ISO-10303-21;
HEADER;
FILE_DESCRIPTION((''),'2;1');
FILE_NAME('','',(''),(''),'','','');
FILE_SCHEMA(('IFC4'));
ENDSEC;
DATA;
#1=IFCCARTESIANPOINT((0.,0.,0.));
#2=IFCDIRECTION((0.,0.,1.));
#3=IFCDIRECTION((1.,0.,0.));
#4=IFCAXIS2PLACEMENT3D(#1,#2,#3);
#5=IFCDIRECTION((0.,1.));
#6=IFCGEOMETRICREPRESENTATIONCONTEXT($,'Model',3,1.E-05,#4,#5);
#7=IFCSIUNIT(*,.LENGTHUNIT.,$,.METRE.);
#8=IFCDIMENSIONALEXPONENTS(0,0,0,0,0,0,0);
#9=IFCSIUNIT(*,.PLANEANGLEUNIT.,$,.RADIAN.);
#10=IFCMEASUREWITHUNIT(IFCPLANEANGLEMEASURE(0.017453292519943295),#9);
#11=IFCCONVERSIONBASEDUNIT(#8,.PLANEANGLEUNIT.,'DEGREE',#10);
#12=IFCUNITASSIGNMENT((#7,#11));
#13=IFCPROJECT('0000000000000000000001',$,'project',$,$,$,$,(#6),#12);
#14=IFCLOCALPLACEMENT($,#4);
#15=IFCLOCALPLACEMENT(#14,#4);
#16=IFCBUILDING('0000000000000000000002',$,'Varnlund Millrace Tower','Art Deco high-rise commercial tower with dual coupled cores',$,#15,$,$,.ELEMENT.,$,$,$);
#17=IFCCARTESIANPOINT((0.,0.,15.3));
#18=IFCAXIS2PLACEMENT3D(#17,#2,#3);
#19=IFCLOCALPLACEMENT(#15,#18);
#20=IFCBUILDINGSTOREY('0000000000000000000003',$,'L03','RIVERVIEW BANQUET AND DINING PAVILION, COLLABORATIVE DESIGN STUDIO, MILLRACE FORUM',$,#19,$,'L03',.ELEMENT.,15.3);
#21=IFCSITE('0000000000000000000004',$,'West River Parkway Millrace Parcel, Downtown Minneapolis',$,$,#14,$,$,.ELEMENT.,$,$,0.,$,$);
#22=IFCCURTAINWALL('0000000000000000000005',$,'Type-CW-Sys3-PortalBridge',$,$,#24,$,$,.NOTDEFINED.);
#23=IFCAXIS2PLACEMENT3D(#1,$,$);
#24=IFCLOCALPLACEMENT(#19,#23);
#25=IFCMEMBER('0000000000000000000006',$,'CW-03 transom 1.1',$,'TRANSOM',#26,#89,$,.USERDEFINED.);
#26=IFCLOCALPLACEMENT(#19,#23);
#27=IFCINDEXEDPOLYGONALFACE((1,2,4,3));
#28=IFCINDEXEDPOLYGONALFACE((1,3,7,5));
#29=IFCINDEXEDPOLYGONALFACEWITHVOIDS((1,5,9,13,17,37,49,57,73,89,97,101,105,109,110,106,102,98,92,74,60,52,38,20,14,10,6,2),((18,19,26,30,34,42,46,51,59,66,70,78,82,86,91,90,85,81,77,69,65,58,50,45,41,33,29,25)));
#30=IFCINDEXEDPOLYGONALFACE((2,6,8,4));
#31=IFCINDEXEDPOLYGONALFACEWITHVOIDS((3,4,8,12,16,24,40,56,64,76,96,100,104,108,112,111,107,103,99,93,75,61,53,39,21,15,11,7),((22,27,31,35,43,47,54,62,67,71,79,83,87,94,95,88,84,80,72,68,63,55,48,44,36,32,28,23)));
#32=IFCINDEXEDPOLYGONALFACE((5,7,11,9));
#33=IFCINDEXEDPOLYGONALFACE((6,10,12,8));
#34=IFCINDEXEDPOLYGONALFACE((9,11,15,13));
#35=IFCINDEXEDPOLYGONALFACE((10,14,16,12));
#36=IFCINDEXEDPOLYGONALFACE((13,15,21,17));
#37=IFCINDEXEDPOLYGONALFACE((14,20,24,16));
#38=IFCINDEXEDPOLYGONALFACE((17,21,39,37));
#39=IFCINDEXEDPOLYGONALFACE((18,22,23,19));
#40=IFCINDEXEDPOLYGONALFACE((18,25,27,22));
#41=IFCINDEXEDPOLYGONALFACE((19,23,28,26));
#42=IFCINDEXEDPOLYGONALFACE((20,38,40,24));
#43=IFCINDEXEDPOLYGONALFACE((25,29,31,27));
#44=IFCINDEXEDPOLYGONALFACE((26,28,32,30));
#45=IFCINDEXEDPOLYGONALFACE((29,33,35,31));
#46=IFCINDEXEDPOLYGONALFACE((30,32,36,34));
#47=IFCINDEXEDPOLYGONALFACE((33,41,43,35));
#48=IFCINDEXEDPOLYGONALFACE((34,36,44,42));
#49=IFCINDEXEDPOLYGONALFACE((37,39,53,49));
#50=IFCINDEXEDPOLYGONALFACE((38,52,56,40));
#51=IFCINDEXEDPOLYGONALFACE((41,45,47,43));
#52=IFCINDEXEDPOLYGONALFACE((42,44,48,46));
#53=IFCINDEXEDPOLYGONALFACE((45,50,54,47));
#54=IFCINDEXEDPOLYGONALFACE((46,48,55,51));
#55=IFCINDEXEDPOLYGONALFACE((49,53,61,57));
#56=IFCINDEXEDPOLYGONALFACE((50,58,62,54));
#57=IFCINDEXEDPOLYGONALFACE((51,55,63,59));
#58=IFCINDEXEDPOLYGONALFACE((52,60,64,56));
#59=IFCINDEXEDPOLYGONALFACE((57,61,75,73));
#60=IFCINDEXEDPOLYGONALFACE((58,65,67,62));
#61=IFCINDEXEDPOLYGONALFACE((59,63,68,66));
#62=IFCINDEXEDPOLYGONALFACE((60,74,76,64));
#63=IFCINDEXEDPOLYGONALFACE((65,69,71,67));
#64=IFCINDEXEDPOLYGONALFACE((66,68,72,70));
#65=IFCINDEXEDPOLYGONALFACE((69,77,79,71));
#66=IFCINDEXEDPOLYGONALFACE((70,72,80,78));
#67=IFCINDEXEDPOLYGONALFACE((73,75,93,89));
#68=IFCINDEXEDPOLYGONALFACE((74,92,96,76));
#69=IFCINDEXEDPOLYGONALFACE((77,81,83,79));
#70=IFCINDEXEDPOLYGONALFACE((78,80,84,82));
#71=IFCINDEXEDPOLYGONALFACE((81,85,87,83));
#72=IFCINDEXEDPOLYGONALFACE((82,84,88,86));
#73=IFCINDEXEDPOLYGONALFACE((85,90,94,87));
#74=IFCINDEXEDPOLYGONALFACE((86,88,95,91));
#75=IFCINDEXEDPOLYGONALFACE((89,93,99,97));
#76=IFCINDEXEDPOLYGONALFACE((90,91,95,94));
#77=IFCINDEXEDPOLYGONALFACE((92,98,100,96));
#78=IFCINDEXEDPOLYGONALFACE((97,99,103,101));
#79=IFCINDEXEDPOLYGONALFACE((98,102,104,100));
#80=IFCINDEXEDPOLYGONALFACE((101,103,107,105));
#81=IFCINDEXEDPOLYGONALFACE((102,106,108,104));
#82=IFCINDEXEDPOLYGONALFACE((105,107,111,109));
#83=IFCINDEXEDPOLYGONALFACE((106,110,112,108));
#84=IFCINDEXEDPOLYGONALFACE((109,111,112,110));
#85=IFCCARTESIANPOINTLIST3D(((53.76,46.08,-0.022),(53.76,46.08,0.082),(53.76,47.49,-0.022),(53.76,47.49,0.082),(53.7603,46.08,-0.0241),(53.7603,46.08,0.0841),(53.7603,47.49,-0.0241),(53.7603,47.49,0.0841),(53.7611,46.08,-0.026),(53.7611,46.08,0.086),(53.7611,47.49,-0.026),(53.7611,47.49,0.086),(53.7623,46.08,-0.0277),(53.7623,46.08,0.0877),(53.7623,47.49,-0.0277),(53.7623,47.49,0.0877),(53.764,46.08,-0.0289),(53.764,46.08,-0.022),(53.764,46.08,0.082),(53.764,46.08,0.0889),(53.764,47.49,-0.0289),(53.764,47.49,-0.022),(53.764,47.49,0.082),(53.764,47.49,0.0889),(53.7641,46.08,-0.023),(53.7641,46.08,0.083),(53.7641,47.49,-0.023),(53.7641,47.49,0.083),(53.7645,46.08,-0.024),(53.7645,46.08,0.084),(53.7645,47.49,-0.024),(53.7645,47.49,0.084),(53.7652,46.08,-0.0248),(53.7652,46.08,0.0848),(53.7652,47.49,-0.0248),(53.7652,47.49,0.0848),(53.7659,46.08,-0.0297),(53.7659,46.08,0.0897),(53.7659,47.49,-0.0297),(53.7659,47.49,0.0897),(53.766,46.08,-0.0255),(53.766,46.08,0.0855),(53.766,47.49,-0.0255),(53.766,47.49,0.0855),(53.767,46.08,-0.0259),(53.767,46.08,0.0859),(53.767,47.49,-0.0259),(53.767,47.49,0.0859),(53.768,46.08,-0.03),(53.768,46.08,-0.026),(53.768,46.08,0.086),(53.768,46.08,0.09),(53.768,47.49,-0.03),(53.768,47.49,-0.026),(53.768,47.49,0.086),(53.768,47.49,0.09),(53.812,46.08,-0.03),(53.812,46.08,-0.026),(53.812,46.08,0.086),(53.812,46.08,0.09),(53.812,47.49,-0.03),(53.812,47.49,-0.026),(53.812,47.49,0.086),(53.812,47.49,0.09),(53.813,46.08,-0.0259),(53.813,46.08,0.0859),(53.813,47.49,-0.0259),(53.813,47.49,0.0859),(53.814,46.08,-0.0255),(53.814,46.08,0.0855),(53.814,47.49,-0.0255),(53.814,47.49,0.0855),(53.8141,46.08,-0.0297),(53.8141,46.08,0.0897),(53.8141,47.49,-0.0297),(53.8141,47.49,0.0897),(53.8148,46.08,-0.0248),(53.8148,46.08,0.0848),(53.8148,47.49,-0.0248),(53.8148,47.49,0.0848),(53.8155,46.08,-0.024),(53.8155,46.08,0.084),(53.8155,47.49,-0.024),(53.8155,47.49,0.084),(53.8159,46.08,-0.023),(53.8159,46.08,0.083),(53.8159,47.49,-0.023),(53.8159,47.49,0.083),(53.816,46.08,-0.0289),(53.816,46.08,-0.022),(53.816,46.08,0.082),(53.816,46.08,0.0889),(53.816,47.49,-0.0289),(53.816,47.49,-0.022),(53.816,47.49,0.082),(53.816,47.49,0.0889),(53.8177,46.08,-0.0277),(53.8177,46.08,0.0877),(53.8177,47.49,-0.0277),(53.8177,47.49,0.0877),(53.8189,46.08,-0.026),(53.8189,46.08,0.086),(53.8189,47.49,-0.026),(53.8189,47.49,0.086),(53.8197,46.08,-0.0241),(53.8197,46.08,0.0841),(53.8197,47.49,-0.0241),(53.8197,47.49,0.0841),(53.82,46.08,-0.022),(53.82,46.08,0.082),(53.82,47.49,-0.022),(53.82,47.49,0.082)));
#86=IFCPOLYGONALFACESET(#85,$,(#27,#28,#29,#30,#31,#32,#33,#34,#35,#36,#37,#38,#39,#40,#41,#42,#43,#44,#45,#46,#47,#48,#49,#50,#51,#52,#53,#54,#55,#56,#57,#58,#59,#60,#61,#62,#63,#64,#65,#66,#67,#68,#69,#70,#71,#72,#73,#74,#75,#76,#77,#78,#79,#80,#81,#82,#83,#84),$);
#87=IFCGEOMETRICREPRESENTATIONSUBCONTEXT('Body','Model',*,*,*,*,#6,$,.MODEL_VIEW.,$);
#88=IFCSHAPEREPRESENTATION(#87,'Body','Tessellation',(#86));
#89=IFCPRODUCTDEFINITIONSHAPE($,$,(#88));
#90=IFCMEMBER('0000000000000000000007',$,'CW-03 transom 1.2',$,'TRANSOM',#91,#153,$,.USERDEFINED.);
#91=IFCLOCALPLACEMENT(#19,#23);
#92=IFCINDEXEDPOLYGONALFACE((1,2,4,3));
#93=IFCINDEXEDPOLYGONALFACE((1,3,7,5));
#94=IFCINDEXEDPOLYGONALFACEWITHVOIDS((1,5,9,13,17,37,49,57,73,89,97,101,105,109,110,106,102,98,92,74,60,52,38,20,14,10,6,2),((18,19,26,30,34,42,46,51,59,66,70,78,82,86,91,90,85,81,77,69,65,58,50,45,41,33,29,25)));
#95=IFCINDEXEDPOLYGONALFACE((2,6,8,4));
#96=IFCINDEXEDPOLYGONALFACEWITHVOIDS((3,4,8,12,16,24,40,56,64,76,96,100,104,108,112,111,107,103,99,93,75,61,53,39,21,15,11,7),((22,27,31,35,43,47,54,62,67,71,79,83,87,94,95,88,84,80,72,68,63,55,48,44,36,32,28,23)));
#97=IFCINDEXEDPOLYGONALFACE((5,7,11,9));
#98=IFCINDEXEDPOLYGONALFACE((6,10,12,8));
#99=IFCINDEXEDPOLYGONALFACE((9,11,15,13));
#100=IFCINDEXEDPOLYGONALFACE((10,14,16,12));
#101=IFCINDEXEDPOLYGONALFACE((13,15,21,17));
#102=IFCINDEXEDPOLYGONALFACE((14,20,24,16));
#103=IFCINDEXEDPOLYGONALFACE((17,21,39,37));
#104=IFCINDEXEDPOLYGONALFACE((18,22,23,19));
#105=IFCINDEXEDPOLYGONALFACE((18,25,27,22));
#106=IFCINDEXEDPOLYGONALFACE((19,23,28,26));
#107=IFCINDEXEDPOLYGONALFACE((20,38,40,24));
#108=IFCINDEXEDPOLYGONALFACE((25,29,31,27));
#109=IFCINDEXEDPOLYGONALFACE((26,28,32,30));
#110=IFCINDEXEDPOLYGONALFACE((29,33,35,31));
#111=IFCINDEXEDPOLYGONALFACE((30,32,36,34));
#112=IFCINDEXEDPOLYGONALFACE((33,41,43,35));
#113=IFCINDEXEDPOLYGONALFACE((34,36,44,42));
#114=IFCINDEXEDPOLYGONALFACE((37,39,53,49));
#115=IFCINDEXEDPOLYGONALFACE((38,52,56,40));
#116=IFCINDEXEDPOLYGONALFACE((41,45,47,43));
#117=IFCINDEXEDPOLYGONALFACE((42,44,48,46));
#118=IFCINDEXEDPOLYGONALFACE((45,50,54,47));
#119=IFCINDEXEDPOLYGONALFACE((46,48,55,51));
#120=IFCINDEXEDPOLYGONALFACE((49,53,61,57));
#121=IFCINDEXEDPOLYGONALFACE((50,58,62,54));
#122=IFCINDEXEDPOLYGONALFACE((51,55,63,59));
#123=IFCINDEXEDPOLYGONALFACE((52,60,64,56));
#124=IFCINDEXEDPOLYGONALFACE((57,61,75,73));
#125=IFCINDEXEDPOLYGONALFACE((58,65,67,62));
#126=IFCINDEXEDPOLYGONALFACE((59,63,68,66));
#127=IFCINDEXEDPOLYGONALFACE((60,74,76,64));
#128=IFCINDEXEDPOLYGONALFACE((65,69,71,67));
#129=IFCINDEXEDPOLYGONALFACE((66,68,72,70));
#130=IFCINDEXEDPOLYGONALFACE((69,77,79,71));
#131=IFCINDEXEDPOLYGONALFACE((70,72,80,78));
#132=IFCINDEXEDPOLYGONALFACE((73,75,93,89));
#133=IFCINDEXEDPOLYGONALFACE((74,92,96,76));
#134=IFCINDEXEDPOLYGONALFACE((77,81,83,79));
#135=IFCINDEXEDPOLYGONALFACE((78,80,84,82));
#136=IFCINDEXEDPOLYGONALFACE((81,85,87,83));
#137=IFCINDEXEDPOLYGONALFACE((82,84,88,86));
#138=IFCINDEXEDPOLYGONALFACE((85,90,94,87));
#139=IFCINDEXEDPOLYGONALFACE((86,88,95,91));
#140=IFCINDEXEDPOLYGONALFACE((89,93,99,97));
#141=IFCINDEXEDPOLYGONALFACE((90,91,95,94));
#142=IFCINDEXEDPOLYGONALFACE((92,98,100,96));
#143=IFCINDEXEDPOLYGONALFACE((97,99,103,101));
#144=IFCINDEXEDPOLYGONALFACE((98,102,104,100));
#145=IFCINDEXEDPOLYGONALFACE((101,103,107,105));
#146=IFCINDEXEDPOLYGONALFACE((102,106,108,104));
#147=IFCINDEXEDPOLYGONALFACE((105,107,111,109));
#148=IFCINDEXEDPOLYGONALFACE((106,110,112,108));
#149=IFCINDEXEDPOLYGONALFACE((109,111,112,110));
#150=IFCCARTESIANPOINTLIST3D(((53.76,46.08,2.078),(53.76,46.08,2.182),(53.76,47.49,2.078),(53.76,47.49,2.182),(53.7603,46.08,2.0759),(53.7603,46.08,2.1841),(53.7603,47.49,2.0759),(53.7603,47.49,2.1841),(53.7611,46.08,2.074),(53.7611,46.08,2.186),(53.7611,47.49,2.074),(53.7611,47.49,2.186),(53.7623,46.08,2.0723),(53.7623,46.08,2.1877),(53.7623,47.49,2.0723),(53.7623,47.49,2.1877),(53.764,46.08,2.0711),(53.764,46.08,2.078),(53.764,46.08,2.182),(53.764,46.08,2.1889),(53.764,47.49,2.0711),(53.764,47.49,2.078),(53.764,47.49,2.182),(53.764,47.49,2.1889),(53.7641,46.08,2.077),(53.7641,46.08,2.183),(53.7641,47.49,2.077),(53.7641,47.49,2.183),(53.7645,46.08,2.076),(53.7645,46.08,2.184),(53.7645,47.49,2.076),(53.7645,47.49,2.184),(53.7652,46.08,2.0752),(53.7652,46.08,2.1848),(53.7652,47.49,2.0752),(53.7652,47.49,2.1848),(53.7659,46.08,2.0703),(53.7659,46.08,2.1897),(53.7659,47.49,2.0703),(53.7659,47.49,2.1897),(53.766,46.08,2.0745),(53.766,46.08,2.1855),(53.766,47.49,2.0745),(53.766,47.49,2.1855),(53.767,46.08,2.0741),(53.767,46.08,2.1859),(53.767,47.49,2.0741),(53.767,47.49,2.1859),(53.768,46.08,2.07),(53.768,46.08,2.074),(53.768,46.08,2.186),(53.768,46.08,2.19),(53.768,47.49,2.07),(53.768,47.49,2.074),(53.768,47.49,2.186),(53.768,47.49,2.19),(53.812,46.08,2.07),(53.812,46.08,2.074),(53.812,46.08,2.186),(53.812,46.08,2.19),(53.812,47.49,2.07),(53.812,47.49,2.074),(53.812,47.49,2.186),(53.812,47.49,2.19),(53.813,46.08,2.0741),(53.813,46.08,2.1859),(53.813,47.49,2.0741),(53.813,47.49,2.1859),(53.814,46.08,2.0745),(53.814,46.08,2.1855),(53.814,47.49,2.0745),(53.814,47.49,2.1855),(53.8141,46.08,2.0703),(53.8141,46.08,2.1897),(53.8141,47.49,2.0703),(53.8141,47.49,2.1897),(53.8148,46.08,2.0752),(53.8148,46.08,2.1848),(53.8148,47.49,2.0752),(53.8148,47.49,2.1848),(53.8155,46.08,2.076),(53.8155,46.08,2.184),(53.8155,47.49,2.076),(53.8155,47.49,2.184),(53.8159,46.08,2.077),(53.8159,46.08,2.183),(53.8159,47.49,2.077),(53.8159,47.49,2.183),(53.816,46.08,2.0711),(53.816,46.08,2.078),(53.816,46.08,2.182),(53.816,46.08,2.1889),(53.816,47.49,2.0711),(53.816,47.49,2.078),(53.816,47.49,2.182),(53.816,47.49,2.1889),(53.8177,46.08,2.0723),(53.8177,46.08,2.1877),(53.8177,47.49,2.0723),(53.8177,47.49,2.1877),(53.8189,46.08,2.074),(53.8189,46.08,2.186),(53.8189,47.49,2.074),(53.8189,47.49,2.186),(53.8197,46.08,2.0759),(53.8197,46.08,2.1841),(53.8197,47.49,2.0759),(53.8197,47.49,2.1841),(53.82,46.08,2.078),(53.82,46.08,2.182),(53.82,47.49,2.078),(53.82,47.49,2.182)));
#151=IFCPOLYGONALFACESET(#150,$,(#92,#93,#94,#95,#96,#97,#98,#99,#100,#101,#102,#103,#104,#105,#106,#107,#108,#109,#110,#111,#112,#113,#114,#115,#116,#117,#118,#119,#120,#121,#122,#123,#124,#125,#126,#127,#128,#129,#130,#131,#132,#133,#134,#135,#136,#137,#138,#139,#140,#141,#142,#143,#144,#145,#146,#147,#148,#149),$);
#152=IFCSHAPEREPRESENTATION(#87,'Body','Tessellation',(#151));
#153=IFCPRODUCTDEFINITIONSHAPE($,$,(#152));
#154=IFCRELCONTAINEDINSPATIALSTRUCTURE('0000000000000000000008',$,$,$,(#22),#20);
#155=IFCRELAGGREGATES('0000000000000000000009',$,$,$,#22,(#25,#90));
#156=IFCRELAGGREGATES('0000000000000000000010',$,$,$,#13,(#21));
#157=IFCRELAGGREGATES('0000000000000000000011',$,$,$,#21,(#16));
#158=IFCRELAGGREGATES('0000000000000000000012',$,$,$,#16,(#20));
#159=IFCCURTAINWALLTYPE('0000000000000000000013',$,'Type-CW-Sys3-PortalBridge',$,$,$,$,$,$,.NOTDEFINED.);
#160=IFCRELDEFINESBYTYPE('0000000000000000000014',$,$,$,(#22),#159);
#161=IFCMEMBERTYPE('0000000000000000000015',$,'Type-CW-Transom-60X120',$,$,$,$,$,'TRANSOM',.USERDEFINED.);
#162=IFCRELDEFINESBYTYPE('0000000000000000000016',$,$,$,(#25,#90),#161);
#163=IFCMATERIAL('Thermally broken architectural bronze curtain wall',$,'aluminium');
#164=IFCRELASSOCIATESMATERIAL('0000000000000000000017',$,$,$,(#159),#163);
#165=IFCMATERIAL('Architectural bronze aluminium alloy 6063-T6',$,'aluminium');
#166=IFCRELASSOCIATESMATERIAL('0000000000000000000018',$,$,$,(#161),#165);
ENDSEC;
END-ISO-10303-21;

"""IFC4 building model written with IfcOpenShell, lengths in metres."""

from ifc_helpers import new_model, entity, si_unit, converted_unit, direction, frame, origin_with_axes, origin_2d_with_axis, place, context, subcontext, project, spatial, hollow_rectangle, extrude, material, material_profile, profile_set, type_object, element, aggregate, save


model = new_model("IFC4")

# Units and contexts
model_context = context("Model", 3, precision=1e-05, world=origin_with_axes(), true_north=direction((0.0, 1.0)))
body_context = subcontext(model_context, "Body", "Model", "MODEL_VIEW")
ifc_project = project(units=[si_unit("LENGTHUNIT", "METRE"), converted_unit("PLANEANGLEUNIT", "DEGREE", entity("IfcPlaneAngleMeasure", 0.017453292519943295), si_unit("PLANEANGLEUNIT", "RADIAN"), dimensions=[0, 0, 0, 0, 0, 0, 0])], contexts=[model_context])

# Site, building, storey
site_placement = place(None, origin_with_axes())
site = spatial("IfcSite", under=ifc_project, at=site_placement, Name="West River Parkway Millrace Parcel, Downtown Minneapolis", CompositionType="ELEMENT", RefElevation=0.0)
building_placement = place(site_placement, origin_with_axes())
building = spatial("IfcBuilding", under=site, at=building_placement, Name="Varnlund Millrace Tower", Description="Art Deco high-rise commercial tower with dual coupled cores", CompositionType="ELEMENT")
storey_placement = place(building_placement, frame((0.0, 0.0, 15.3), z_axis=(0.0, 0.0, 1.0), x_axis=(1.0, 0.0, 0.0)))
storey = spatial("IfcBuildingStorey", under=building, at=storey_placement, Name="L03", Description="RIVERVIEW BANQUET AND DINING PAVILION, COLLABORATIVE DESIGN STUDIO, MILLRACE FORUM", LongName="L03", CompositionType="ELEMENT", Elevation=15.3)

# Curtain wall
ifc_material_1 = material(Name="Thermally broken architectural bronze curtain wall", Category="aluminium")
curtain_wall_type = type_object("IfcCurtainWallType", Name="Type-CW-Sys3-PortalBridge", PredefinedType="NOTDEFINED", material=ifc_material_1)
ifc_material_2 = material(Name="Architectural bronze aluminium alloy 6063-T6", Category="aluminium")
curtain_wall_1_placement = place(storey_placement, frame((53.79, 47.55, 0.0), z_axis=(0.0, 0.0, 1.0), x_axis=(1.0, 0.0, 0.0)))
curtain_wall_1 = element("IfcCurtainWall", 1, at=curtain_wall_1_placement, inside=storey, type_object=curtain_wall_type, Name="Type-CW-Sys3-PortalBridge", PredefinedType="NOTDEFINED")

# Members
ifc_material_profile_1 = material_profile(ifc_material_2, hollow_rectangle(XDim=0.06, YDim=0.12, WallThickness=0.004, InnerFilletRadius=0.004, OuterFilletRadius=0.008, at=origin_2d_with_axis()), Name="Architectural bronze aluminium alloy 6063-T6")
ifc_profile_set_1 = profile_set([ifc_material_profile_1], Name="Architectural bronze aluminium alloy 6063-T6")
member_type_1 = type_object("IfcMemberType", Name="Type-CW-Transom-60X120", ElementType="TRANSOM", PredefinedType="USERDEFINED", material=ifc_profile_set_1)
member_1_placement = place(storey_placement, frame((53.79, 47.49, 0.03), z_axis=(0.0, -1.0, 0.0), x_axis=(1.0, 0.0, 0.0)))
member_1 = element("IfcMember", 2, at=member_1_placement, type_object=member_type_1, Name="CW-03 transom 1.1", ObjectType="TRANSOM", PredefinedType="USERDEFINED", context=body_context, shape_type="SweptSolid", body=[
    extrude(hollow_rectangle(XDim=0.06, YDim=0.12, WallThickness=0.004, InnerFilletRadius=0.004, OuterFilletRadius=0.008, at=origin_2d_with_axis()), origin_with_axes(), (0.0, 0.0, 1.0), 1.41),
])
member_2_placement = place(storey_placement, frame((53.79, 47.49, 2.13), z_axis=(0.0, -1.0, 0.0), x_axis=(1.0, 0.0, 0.0)))
member_2 = element("IfcMember", 3, at=member_2_placement, type_object=member_type_1, Name="CW-03 transom 1.2", ObjectType="TRANSOM", PredefinedType="USERDEFINED", context=body_context, shape_type="SweptSolid", body=[
    extrude(hollow_rectangle(XDim=0.06, YDim=0.12, WallThickness=0.004, InnerFilletRadius=0.004, OuterFilletRadius=0.008, at=origin_2d_with_axis()), origin_with_axes(), (0.0, 0.0, 1.0), 1.41),
])

aggregate(curtain_wall_1, [member_1, member_2])

save(model, "model.ifc")
